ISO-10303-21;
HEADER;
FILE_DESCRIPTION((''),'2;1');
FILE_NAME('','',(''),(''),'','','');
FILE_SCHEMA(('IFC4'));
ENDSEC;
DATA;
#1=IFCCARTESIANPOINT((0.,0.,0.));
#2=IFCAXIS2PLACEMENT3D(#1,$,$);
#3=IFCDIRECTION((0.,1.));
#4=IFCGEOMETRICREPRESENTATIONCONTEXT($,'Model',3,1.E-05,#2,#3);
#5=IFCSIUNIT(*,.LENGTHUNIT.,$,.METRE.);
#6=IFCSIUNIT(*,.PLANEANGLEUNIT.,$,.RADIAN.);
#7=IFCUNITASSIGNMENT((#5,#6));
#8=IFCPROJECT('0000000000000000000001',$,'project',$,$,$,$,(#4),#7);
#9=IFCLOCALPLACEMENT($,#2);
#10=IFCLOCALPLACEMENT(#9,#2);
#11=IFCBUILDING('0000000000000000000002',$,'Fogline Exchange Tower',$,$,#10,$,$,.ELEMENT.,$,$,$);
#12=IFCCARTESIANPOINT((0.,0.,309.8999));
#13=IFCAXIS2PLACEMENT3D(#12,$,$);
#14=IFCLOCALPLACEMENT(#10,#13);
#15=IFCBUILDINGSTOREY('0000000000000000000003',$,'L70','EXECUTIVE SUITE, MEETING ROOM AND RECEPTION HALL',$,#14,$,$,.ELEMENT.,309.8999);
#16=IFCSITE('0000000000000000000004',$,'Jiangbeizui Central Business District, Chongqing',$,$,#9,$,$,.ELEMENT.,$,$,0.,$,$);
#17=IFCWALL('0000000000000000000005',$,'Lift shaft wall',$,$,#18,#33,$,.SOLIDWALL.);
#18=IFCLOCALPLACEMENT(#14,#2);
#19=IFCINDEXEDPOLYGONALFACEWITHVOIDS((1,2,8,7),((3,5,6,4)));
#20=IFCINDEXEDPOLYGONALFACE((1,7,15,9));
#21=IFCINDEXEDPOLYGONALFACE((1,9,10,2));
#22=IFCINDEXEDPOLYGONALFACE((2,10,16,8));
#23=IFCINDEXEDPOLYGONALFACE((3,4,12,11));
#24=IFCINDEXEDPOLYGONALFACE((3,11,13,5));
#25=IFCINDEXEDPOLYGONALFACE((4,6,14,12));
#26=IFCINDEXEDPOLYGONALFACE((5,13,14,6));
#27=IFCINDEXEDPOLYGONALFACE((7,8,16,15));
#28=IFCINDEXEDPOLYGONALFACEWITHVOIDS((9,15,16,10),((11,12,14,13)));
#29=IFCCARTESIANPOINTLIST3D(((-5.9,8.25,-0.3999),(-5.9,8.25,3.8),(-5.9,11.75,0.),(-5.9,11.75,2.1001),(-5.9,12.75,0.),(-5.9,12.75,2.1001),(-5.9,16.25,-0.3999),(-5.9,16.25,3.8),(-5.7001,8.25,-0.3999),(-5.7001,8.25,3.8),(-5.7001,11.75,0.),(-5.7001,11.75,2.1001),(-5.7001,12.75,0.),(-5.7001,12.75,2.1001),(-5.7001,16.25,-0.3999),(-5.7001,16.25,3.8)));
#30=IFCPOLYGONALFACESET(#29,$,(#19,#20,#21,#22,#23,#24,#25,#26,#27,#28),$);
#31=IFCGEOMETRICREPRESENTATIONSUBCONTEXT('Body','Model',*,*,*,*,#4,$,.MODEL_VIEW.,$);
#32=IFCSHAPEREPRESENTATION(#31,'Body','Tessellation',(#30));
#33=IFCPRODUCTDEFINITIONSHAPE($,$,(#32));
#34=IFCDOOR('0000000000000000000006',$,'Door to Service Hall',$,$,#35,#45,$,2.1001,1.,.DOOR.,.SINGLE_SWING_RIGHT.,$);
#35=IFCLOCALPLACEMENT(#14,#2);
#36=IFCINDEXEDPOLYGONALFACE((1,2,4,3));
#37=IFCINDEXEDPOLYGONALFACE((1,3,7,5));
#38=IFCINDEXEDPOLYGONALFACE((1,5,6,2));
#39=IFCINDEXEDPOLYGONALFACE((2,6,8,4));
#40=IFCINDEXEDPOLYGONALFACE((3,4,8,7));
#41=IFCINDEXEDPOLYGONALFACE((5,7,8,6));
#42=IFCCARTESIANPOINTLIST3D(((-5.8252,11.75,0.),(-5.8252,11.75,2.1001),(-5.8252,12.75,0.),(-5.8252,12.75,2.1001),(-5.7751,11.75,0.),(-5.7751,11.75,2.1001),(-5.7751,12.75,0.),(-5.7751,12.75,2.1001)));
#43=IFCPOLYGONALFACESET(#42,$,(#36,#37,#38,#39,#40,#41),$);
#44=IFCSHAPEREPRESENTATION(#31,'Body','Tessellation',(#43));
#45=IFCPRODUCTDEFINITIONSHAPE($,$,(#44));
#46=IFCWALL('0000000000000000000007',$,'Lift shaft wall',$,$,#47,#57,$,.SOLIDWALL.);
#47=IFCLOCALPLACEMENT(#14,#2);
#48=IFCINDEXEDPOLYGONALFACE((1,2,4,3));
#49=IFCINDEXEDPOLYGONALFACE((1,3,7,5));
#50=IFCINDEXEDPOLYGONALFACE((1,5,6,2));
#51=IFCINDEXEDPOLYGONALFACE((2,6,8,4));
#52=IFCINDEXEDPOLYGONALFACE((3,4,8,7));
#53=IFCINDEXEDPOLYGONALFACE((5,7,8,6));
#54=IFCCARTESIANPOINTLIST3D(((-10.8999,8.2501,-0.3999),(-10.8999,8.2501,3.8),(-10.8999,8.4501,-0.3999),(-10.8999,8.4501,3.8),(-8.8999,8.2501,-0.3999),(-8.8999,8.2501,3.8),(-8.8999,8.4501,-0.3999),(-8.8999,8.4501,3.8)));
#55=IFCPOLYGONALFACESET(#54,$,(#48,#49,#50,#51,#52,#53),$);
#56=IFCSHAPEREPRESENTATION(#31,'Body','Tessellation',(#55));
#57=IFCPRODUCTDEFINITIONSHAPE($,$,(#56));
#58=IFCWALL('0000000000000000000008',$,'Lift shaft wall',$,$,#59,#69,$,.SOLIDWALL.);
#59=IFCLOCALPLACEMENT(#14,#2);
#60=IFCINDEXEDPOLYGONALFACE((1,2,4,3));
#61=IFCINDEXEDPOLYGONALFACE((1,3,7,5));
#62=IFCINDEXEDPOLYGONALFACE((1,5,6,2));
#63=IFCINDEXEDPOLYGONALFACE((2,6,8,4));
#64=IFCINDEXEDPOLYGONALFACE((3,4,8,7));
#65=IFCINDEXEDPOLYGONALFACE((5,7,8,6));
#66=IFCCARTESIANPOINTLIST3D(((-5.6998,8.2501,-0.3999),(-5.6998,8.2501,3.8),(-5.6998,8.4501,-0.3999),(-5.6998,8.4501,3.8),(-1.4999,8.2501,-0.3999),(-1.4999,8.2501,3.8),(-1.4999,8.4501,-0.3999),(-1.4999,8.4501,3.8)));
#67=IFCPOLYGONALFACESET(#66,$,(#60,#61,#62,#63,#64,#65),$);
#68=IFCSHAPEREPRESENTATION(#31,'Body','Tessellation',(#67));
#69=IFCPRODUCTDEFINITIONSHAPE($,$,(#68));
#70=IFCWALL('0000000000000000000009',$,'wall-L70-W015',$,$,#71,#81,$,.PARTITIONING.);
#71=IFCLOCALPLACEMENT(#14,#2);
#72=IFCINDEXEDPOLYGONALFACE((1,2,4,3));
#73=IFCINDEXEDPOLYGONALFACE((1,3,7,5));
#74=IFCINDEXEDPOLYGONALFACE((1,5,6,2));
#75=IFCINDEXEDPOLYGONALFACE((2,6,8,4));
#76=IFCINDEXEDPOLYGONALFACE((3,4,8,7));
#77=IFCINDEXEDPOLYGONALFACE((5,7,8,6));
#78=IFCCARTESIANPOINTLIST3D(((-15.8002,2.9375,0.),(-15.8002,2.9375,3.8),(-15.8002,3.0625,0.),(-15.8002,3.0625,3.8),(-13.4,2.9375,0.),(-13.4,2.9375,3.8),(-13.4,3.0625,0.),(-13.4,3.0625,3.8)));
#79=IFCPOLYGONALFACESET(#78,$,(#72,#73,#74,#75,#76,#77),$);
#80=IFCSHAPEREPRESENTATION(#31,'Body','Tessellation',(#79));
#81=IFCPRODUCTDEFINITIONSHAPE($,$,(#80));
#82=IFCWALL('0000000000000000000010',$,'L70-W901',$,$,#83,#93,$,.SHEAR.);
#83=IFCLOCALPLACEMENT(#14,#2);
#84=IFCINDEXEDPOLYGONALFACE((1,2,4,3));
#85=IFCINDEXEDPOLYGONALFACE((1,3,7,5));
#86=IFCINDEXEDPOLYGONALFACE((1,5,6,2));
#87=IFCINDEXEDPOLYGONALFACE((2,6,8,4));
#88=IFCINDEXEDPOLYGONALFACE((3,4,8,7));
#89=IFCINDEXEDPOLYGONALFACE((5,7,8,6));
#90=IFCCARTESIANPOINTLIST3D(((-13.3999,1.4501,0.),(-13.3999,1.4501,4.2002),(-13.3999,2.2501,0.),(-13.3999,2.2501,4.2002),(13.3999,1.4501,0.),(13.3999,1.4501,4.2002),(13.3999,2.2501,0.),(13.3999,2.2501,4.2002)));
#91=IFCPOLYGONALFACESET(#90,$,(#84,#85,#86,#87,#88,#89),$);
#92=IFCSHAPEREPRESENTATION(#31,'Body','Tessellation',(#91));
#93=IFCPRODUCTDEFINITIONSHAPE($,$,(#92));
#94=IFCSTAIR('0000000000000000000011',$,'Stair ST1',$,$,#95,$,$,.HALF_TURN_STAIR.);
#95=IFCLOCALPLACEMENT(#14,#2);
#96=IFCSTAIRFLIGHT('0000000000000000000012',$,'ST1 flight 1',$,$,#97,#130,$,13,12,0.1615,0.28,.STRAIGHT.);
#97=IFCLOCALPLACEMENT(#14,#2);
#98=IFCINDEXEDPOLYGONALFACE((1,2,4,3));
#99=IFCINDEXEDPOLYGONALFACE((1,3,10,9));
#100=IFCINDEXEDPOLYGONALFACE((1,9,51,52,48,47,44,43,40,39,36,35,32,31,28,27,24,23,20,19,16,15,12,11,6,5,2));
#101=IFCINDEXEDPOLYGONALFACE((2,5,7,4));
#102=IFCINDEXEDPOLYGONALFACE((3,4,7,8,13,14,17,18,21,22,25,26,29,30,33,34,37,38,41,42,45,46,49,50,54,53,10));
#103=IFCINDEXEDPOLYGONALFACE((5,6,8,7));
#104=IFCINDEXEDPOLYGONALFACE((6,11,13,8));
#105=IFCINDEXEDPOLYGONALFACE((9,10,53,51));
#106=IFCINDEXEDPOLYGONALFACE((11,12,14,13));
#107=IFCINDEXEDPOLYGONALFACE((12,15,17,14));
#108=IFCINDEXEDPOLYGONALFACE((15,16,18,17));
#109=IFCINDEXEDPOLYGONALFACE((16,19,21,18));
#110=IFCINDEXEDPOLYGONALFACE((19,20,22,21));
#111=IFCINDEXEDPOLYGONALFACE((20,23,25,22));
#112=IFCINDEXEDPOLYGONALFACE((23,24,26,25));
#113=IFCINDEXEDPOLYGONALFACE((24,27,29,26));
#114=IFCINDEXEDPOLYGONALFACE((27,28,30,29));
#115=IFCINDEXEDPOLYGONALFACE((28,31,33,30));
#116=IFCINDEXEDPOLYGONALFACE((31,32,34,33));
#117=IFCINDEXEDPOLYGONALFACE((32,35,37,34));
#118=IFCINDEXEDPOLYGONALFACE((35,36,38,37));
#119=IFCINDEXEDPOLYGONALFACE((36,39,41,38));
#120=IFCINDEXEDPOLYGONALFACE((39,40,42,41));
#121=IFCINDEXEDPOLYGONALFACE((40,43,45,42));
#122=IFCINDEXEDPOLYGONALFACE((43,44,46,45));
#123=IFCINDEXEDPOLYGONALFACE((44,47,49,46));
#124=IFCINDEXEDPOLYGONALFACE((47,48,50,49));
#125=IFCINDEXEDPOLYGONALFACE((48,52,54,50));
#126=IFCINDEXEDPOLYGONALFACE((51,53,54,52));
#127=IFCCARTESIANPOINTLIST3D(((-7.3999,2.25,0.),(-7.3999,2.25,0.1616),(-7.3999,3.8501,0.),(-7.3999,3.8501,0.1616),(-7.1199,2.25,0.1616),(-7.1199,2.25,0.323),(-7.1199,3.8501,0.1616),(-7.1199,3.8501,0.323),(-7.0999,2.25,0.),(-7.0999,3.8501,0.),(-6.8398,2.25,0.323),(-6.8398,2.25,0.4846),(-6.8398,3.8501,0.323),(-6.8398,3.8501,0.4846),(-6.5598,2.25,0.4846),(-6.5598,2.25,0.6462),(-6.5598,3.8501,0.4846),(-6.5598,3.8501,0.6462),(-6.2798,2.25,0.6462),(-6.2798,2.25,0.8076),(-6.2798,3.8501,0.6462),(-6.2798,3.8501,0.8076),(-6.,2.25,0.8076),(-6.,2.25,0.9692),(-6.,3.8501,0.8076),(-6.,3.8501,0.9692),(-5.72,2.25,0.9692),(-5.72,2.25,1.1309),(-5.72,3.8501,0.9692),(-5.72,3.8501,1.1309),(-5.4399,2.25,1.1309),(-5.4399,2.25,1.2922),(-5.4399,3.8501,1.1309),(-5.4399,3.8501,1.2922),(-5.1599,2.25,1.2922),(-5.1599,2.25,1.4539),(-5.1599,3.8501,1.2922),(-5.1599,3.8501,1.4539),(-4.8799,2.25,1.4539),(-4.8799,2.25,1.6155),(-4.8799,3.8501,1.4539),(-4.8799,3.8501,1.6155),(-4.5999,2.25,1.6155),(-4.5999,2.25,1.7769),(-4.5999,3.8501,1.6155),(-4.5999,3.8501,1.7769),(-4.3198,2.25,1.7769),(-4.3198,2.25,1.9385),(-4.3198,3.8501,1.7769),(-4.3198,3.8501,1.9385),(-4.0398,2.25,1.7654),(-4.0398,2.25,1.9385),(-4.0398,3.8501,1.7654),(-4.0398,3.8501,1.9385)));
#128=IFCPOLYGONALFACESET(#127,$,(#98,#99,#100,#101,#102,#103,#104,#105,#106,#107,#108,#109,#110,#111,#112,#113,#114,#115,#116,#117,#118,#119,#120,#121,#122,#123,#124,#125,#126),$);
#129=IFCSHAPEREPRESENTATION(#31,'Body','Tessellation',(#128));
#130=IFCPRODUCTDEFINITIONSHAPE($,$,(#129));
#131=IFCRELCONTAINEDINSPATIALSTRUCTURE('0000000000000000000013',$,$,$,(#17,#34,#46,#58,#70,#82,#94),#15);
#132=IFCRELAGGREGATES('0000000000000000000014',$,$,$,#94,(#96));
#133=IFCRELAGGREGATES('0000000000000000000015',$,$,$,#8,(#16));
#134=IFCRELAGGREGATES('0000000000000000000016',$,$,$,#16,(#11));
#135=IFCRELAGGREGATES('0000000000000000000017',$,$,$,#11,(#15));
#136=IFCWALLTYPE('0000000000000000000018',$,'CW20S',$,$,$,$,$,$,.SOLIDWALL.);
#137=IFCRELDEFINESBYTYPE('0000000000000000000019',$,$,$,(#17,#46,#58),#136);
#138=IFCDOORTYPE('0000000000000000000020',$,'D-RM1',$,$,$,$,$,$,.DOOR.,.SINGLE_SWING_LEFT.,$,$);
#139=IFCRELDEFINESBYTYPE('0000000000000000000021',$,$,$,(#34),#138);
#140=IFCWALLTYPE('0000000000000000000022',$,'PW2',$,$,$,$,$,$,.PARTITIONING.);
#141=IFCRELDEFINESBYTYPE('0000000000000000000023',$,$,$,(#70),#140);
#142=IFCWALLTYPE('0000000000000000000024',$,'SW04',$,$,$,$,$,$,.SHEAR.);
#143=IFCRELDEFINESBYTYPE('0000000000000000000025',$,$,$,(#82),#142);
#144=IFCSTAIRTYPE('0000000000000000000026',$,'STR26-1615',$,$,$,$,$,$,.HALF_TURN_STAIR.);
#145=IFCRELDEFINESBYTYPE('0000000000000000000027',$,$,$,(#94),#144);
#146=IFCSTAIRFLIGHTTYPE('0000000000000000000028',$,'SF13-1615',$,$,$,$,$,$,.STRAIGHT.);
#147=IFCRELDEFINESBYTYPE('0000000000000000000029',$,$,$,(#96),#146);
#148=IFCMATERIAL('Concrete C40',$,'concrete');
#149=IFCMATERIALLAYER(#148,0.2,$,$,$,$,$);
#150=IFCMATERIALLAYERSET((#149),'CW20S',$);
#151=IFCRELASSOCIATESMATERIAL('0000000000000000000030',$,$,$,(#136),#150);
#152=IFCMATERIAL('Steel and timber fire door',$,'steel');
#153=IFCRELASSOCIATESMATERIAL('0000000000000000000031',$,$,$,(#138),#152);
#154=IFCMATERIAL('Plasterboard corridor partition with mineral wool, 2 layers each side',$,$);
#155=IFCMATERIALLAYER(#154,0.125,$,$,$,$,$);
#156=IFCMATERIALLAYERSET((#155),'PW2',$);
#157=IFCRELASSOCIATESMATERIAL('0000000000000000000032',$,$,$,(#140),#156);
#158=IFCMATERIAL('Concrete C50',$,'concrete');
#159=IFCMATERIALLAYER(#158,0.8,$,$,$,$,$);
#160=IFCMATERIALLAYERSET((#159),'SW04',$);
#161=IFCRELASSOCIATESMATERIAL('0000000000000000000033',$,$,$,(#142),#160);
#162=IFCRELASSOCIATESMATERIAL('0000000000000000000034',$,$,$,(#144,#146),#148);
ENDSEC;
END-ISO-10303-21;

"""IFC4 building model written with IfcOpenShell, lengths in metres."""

from ifc_helpers import new_model, si_unit, direction, frame, frame_2d, origin, place, context, subcontext, project, spatial, polyline, rectangle, outline, extrude, material, layer, layer_set, type_object, element, fill, aggregate, save


model = new_model("IFC4")

# Units and contexts
model_context = context("Model", 3, precision=1e-05, world=origin(), true_north=direction((0.0, 1.0)))
body_context = subcontext(model_context, "Body", "Model", "MODEL_VIEW")
ifc_project = project(units=[si_unit("LENGTHUNIT", "METRE"), si_unit("PLANEANGLEUNIT", "RADIAN")], contexts=[model_context])

# Site, building, storey
site_placement = place(None, origin())
site = spatial("IfcSite", under=ifc_project, at=site_placement, Name="Jiangbeizui Central Business District, Chongqing", CompositionType="ELEMENT", RefElevation=0.0)
building_placement = place(site_placement, origin())
building = spatial("IfcBuilding", under=site, at=building_placement, Name="Fogline Exchange Tower", CompositionType="ELEMENT")
storey_placement = place(building_placement, frame((0.0, 0.0, 309.8999)))
storey = spatial("IfcBuildingStorey", under=building, at=storey_placement, Name="L70", Description="EXECUTIVE SUITE, MEETING ROOM AND RECEPTION HALL", CompositionType="ELEMENT", Elevation=309.8999)

# Shared definitions
ifc_material_1 = material(Name="Steel and timber fire door", Category="steel")

# Shared definitions
ifc_material_2 = material(Name="Concrete C40", Category="concrete")

# Wall, opening, door
ifc_layer_1 = layer(ifc_material_2, 0.2)
ifc_layer_set_1 = layer_set([ifc_layer_1], Name="CW20S")
wall_type_1 = type_object("IfcWallType", Name="CW20S", PredefinedType="SOLIDWALL", material=ifc_layer_set_1)
door_type_1 = type_object("IfcDoorType", Name="D-RM1", OperationType="SINGLE_SWING_LEFT", PredefinedType="DOOR", material=ifc_material_1)
wall_1_placement = place(storey_placement, frame((-5.8, 8.25, -0.3999), z_axis=(0.0, 0.0, 1.0), x_axis=(0.0, 1.0, 0.0)))
wall_1 = element("IfcWall", 1, at=wall_1_placement, inside=storey, type_object=wall_type_1, Name="Lift shaft wall", PredefinedType="SOLIDWALL", context=body_context, shape_type="SweptSolid", body=[
    extrude(rectangle(XDim=8.0, YDim=0.2, at=frame_2d((4.0, 0.0))), origin(), (0.0, 0.0, 1.0), 4.2),
])
opening_1_placement = place(wall_1_placement, frame((3.5, 0.0, 0.3999)))
opening_1 = element("IfcOpeningElement", 2, at=opening_1_placement, cuts=wall_1, PredefinedType="OPENING", context=body_context, shape_type="SweptSolid", body=[
    extrude(rectangle(XDim=1.0, YDim=2.1001, at=frame_2d((0.5, 1.05))), frame((0.0, 0.1099, 0.0), z_axis=(0.0, -1.0, 0.0), x_axis=(1.0, 0.0, 0.0)), (0.0, 0.0, 1.0), 0.22),
])
door_1_placement = place(opening_1_placement, frame((1.0, 0.0, 0.0), z_axis=(0.0, 0.0, 1.0), x_axis=(-1.0, 0.0, 0.0)))
door_1 = element("IfcDoor", 3, at=door_1_placement, inside=storey, type_object=door_type_1, Name="Door to Service Hall", OperationType="SINGLE_SWING_RIGHT", OverallHeight=2.1001, OverallWidth=1.0, PredefinedType="DOOR", context=body_context, shape_type="SweptSolid", body=[
    extrude(rectangle(XDim=1.0, YDim=2.1001, at=frame_2d((0.5, 1.05))), frame((0.0, 0.0249, 0.0), z_axis=(0.0, -1.0, 0.0), x_axis=(1.0, 0.0, 0.0)), (0.0, 0.0, 1.0), 0.05),
])
fill(opening_1, door_1)

# Walls
wall_2_placement = place(storey_placement, frame((-10.8999, 8.3501, -0.3999), z_axis=(0.0, 0.0, 1.0), x_axis=(1.0, 0.0, 0.0)))
element("IfcWall", 4, at=wall_2_placement, inside=storey, type_object=wall_type_1, Name="Lift shaft wall", PredefinedType="SOLIDWALL", context=body_context, shape_type="SweptSolid", body=[
    extrude(rectangle(XDim=2.0, YDim=0.2, at=frame_2d((1.0, 0.0))), origin(), (0.0, 0.0, 1.0), 4.2),
])
wall_3_placement = place(storey_placement, frame((-5.7, 8.3501, -0.3999), z_axis=(0.0, 0.0, 1.0), x_axis=(1.0, 0.0, 0.0)))
element("IfcWall", 5, at=wall_3_placement, inside=storey, type_object=wall_type_1, Name="Lift shaft wall", PredefinedType="SOLIDWALL", context=body_context, shape_type="SweptSolid", body=[
    extrude(rectangle(XDim=4.2, YDim=0.2, at=frame_2d((2.1001, 0.0))), origin(), (0.0, 0.0, 1.0), 4.2),
])
ifc_material_3 = material(Name="Plasterboard corridor partition with mineral wool, 2 layers each side")
ifc_layer_2 = layer(ifc_material_3, 0.125)
ifc_layer_set_2 = layer_set([ifc_layer_2], Name="PW2")
wall_type_2 = type_object("IfcWallType", Name="PW2", PredefinedType="PARTITIONING", material=ifc_layer_set_2)
wall_4_placement = place(storey_placement, frame((-13.3999, 3.0, 0.0), z_axis=(0.0, 0.0, 1.0), x_axis=(-1.0, 0.0, 0.0)))
element("IfcWall", 6, at=wall_4_placement, inside=storey, type_object=wall_type_2, Name="wall-L70-W015", PredefinedType="PARTITIONING", context=body_context, shape_type="SweptSolid", body=[
    extrude(rectangle(XDim=2.4001, YDim=0.125, at=frame_2d((1.2002, 0.0))), origin(), (0.0, 0.0, 1.0), 3.8),
])
ifc_material_4 = material(Name="Concrete C50", Category="concrete")
ifc_layer_3 = layer(ifc_material_4, 0.8)
ifc_layer_set_3 = layer_set([ifc_layer_3], Name="SW04")
wall_type_3 = type_object("IfcWallType", Name="SW04", PredefinedType="SHEAR", material=ifc_layer_set_3)
wall_5_placement = place(storey_placement, frame((-13.3999, 1.8501, 0.0), z_axis=(0.0, 0.0, 1.0), x_axis=(1.0, 0.0, 0.0)))
element("IfcWall", 7, at=wall_5_placement, inside=storey, type_object=wall_type_3, Name="L70-W901", PredefinedType="SHEAR", context=body_context, shape_type="SweptSolid", body=[
    extrude(rectangle(XDim=26.7998, YDim=0.8, at=frame_2d((13.3999, 0.0))), origin(), (0.0, 0.0, 1.0), 4.2002),
])

# Stair, stair flight
stair_type = type_object("IfcStairType", Name="STR26-1615", PredefinedType="HALF_TURN_STAIR", material=ifc_material_2)
stair_placement = place(storey_placement, origin())
stair = element("IfcStair", 8, at=stair_placement, inside=storey, type_object=stair_type, Name="Stair ST1", PredefinedType="HALF_TURN_STAIR")
stair_flight_type = type_object("IfcStairFlightType", Name="SF13-1615", PredefinedType="STRAIGHT", material=ifc_material_2)
stair_flight_placement = place(storey_placement, frame((-7.3999, 3.05, 0.0), z_axis=(0.0, 0.0, 1.0), x_axis=(1.0, 0.0, 0.0)))
stair_flight = element("IfcStairFlight", 9, at=stair_flight_placement, type_object=stair_flight_type, Name="ST1 flight 1", NumberOfRisers=13, NumberOfTreads=12, PredefinedType="STRAIGHT", RiserHeight=0.1615, TreadLength=0.28, context=body_context, shape_type="SweptSolid", body=[
    extrude(outline(polyline([(0.0, 0.0), (0.0, 0.1616), (0.28, 0.1616), (0.28, 0.323), (0.5601, 0.323), (0.5601, 0.4846), (0.8401, 0.4846), (0.8401, 0.6462), (1.1201, 0.6462), (1.1201, 0.8076), (1.3999, 0.8076), (1.3999, 0.9692), (1.6799, 0.9692), (1.6799, 1.1309), (1.96, 1.1309), (1.96, 1.2922), (2.24, 1.2922), (2.24, 1.4539), (2.52, 1.4539), (2.52, 1.6155), (2.8, 1.6155), (2.8, 1.7769), (3.0801, 1.7769), (3.0801, 1.9385), (3.3601, 1.9385), (3.3601, 2.1001), (3.3601, 1.7654), (0.3, 0.0), (0.0, 0.0)])), frame((0.0, 0.8, 0.0), z_axis=(0.0, -1.0, 0.0), x_axis=(1.0, 0.0, 0.0)), (0.0, 0.0, 1.0), 1.6001),
])
aggregate(stair, [stair_flight])

save(model, "model.ifc")
